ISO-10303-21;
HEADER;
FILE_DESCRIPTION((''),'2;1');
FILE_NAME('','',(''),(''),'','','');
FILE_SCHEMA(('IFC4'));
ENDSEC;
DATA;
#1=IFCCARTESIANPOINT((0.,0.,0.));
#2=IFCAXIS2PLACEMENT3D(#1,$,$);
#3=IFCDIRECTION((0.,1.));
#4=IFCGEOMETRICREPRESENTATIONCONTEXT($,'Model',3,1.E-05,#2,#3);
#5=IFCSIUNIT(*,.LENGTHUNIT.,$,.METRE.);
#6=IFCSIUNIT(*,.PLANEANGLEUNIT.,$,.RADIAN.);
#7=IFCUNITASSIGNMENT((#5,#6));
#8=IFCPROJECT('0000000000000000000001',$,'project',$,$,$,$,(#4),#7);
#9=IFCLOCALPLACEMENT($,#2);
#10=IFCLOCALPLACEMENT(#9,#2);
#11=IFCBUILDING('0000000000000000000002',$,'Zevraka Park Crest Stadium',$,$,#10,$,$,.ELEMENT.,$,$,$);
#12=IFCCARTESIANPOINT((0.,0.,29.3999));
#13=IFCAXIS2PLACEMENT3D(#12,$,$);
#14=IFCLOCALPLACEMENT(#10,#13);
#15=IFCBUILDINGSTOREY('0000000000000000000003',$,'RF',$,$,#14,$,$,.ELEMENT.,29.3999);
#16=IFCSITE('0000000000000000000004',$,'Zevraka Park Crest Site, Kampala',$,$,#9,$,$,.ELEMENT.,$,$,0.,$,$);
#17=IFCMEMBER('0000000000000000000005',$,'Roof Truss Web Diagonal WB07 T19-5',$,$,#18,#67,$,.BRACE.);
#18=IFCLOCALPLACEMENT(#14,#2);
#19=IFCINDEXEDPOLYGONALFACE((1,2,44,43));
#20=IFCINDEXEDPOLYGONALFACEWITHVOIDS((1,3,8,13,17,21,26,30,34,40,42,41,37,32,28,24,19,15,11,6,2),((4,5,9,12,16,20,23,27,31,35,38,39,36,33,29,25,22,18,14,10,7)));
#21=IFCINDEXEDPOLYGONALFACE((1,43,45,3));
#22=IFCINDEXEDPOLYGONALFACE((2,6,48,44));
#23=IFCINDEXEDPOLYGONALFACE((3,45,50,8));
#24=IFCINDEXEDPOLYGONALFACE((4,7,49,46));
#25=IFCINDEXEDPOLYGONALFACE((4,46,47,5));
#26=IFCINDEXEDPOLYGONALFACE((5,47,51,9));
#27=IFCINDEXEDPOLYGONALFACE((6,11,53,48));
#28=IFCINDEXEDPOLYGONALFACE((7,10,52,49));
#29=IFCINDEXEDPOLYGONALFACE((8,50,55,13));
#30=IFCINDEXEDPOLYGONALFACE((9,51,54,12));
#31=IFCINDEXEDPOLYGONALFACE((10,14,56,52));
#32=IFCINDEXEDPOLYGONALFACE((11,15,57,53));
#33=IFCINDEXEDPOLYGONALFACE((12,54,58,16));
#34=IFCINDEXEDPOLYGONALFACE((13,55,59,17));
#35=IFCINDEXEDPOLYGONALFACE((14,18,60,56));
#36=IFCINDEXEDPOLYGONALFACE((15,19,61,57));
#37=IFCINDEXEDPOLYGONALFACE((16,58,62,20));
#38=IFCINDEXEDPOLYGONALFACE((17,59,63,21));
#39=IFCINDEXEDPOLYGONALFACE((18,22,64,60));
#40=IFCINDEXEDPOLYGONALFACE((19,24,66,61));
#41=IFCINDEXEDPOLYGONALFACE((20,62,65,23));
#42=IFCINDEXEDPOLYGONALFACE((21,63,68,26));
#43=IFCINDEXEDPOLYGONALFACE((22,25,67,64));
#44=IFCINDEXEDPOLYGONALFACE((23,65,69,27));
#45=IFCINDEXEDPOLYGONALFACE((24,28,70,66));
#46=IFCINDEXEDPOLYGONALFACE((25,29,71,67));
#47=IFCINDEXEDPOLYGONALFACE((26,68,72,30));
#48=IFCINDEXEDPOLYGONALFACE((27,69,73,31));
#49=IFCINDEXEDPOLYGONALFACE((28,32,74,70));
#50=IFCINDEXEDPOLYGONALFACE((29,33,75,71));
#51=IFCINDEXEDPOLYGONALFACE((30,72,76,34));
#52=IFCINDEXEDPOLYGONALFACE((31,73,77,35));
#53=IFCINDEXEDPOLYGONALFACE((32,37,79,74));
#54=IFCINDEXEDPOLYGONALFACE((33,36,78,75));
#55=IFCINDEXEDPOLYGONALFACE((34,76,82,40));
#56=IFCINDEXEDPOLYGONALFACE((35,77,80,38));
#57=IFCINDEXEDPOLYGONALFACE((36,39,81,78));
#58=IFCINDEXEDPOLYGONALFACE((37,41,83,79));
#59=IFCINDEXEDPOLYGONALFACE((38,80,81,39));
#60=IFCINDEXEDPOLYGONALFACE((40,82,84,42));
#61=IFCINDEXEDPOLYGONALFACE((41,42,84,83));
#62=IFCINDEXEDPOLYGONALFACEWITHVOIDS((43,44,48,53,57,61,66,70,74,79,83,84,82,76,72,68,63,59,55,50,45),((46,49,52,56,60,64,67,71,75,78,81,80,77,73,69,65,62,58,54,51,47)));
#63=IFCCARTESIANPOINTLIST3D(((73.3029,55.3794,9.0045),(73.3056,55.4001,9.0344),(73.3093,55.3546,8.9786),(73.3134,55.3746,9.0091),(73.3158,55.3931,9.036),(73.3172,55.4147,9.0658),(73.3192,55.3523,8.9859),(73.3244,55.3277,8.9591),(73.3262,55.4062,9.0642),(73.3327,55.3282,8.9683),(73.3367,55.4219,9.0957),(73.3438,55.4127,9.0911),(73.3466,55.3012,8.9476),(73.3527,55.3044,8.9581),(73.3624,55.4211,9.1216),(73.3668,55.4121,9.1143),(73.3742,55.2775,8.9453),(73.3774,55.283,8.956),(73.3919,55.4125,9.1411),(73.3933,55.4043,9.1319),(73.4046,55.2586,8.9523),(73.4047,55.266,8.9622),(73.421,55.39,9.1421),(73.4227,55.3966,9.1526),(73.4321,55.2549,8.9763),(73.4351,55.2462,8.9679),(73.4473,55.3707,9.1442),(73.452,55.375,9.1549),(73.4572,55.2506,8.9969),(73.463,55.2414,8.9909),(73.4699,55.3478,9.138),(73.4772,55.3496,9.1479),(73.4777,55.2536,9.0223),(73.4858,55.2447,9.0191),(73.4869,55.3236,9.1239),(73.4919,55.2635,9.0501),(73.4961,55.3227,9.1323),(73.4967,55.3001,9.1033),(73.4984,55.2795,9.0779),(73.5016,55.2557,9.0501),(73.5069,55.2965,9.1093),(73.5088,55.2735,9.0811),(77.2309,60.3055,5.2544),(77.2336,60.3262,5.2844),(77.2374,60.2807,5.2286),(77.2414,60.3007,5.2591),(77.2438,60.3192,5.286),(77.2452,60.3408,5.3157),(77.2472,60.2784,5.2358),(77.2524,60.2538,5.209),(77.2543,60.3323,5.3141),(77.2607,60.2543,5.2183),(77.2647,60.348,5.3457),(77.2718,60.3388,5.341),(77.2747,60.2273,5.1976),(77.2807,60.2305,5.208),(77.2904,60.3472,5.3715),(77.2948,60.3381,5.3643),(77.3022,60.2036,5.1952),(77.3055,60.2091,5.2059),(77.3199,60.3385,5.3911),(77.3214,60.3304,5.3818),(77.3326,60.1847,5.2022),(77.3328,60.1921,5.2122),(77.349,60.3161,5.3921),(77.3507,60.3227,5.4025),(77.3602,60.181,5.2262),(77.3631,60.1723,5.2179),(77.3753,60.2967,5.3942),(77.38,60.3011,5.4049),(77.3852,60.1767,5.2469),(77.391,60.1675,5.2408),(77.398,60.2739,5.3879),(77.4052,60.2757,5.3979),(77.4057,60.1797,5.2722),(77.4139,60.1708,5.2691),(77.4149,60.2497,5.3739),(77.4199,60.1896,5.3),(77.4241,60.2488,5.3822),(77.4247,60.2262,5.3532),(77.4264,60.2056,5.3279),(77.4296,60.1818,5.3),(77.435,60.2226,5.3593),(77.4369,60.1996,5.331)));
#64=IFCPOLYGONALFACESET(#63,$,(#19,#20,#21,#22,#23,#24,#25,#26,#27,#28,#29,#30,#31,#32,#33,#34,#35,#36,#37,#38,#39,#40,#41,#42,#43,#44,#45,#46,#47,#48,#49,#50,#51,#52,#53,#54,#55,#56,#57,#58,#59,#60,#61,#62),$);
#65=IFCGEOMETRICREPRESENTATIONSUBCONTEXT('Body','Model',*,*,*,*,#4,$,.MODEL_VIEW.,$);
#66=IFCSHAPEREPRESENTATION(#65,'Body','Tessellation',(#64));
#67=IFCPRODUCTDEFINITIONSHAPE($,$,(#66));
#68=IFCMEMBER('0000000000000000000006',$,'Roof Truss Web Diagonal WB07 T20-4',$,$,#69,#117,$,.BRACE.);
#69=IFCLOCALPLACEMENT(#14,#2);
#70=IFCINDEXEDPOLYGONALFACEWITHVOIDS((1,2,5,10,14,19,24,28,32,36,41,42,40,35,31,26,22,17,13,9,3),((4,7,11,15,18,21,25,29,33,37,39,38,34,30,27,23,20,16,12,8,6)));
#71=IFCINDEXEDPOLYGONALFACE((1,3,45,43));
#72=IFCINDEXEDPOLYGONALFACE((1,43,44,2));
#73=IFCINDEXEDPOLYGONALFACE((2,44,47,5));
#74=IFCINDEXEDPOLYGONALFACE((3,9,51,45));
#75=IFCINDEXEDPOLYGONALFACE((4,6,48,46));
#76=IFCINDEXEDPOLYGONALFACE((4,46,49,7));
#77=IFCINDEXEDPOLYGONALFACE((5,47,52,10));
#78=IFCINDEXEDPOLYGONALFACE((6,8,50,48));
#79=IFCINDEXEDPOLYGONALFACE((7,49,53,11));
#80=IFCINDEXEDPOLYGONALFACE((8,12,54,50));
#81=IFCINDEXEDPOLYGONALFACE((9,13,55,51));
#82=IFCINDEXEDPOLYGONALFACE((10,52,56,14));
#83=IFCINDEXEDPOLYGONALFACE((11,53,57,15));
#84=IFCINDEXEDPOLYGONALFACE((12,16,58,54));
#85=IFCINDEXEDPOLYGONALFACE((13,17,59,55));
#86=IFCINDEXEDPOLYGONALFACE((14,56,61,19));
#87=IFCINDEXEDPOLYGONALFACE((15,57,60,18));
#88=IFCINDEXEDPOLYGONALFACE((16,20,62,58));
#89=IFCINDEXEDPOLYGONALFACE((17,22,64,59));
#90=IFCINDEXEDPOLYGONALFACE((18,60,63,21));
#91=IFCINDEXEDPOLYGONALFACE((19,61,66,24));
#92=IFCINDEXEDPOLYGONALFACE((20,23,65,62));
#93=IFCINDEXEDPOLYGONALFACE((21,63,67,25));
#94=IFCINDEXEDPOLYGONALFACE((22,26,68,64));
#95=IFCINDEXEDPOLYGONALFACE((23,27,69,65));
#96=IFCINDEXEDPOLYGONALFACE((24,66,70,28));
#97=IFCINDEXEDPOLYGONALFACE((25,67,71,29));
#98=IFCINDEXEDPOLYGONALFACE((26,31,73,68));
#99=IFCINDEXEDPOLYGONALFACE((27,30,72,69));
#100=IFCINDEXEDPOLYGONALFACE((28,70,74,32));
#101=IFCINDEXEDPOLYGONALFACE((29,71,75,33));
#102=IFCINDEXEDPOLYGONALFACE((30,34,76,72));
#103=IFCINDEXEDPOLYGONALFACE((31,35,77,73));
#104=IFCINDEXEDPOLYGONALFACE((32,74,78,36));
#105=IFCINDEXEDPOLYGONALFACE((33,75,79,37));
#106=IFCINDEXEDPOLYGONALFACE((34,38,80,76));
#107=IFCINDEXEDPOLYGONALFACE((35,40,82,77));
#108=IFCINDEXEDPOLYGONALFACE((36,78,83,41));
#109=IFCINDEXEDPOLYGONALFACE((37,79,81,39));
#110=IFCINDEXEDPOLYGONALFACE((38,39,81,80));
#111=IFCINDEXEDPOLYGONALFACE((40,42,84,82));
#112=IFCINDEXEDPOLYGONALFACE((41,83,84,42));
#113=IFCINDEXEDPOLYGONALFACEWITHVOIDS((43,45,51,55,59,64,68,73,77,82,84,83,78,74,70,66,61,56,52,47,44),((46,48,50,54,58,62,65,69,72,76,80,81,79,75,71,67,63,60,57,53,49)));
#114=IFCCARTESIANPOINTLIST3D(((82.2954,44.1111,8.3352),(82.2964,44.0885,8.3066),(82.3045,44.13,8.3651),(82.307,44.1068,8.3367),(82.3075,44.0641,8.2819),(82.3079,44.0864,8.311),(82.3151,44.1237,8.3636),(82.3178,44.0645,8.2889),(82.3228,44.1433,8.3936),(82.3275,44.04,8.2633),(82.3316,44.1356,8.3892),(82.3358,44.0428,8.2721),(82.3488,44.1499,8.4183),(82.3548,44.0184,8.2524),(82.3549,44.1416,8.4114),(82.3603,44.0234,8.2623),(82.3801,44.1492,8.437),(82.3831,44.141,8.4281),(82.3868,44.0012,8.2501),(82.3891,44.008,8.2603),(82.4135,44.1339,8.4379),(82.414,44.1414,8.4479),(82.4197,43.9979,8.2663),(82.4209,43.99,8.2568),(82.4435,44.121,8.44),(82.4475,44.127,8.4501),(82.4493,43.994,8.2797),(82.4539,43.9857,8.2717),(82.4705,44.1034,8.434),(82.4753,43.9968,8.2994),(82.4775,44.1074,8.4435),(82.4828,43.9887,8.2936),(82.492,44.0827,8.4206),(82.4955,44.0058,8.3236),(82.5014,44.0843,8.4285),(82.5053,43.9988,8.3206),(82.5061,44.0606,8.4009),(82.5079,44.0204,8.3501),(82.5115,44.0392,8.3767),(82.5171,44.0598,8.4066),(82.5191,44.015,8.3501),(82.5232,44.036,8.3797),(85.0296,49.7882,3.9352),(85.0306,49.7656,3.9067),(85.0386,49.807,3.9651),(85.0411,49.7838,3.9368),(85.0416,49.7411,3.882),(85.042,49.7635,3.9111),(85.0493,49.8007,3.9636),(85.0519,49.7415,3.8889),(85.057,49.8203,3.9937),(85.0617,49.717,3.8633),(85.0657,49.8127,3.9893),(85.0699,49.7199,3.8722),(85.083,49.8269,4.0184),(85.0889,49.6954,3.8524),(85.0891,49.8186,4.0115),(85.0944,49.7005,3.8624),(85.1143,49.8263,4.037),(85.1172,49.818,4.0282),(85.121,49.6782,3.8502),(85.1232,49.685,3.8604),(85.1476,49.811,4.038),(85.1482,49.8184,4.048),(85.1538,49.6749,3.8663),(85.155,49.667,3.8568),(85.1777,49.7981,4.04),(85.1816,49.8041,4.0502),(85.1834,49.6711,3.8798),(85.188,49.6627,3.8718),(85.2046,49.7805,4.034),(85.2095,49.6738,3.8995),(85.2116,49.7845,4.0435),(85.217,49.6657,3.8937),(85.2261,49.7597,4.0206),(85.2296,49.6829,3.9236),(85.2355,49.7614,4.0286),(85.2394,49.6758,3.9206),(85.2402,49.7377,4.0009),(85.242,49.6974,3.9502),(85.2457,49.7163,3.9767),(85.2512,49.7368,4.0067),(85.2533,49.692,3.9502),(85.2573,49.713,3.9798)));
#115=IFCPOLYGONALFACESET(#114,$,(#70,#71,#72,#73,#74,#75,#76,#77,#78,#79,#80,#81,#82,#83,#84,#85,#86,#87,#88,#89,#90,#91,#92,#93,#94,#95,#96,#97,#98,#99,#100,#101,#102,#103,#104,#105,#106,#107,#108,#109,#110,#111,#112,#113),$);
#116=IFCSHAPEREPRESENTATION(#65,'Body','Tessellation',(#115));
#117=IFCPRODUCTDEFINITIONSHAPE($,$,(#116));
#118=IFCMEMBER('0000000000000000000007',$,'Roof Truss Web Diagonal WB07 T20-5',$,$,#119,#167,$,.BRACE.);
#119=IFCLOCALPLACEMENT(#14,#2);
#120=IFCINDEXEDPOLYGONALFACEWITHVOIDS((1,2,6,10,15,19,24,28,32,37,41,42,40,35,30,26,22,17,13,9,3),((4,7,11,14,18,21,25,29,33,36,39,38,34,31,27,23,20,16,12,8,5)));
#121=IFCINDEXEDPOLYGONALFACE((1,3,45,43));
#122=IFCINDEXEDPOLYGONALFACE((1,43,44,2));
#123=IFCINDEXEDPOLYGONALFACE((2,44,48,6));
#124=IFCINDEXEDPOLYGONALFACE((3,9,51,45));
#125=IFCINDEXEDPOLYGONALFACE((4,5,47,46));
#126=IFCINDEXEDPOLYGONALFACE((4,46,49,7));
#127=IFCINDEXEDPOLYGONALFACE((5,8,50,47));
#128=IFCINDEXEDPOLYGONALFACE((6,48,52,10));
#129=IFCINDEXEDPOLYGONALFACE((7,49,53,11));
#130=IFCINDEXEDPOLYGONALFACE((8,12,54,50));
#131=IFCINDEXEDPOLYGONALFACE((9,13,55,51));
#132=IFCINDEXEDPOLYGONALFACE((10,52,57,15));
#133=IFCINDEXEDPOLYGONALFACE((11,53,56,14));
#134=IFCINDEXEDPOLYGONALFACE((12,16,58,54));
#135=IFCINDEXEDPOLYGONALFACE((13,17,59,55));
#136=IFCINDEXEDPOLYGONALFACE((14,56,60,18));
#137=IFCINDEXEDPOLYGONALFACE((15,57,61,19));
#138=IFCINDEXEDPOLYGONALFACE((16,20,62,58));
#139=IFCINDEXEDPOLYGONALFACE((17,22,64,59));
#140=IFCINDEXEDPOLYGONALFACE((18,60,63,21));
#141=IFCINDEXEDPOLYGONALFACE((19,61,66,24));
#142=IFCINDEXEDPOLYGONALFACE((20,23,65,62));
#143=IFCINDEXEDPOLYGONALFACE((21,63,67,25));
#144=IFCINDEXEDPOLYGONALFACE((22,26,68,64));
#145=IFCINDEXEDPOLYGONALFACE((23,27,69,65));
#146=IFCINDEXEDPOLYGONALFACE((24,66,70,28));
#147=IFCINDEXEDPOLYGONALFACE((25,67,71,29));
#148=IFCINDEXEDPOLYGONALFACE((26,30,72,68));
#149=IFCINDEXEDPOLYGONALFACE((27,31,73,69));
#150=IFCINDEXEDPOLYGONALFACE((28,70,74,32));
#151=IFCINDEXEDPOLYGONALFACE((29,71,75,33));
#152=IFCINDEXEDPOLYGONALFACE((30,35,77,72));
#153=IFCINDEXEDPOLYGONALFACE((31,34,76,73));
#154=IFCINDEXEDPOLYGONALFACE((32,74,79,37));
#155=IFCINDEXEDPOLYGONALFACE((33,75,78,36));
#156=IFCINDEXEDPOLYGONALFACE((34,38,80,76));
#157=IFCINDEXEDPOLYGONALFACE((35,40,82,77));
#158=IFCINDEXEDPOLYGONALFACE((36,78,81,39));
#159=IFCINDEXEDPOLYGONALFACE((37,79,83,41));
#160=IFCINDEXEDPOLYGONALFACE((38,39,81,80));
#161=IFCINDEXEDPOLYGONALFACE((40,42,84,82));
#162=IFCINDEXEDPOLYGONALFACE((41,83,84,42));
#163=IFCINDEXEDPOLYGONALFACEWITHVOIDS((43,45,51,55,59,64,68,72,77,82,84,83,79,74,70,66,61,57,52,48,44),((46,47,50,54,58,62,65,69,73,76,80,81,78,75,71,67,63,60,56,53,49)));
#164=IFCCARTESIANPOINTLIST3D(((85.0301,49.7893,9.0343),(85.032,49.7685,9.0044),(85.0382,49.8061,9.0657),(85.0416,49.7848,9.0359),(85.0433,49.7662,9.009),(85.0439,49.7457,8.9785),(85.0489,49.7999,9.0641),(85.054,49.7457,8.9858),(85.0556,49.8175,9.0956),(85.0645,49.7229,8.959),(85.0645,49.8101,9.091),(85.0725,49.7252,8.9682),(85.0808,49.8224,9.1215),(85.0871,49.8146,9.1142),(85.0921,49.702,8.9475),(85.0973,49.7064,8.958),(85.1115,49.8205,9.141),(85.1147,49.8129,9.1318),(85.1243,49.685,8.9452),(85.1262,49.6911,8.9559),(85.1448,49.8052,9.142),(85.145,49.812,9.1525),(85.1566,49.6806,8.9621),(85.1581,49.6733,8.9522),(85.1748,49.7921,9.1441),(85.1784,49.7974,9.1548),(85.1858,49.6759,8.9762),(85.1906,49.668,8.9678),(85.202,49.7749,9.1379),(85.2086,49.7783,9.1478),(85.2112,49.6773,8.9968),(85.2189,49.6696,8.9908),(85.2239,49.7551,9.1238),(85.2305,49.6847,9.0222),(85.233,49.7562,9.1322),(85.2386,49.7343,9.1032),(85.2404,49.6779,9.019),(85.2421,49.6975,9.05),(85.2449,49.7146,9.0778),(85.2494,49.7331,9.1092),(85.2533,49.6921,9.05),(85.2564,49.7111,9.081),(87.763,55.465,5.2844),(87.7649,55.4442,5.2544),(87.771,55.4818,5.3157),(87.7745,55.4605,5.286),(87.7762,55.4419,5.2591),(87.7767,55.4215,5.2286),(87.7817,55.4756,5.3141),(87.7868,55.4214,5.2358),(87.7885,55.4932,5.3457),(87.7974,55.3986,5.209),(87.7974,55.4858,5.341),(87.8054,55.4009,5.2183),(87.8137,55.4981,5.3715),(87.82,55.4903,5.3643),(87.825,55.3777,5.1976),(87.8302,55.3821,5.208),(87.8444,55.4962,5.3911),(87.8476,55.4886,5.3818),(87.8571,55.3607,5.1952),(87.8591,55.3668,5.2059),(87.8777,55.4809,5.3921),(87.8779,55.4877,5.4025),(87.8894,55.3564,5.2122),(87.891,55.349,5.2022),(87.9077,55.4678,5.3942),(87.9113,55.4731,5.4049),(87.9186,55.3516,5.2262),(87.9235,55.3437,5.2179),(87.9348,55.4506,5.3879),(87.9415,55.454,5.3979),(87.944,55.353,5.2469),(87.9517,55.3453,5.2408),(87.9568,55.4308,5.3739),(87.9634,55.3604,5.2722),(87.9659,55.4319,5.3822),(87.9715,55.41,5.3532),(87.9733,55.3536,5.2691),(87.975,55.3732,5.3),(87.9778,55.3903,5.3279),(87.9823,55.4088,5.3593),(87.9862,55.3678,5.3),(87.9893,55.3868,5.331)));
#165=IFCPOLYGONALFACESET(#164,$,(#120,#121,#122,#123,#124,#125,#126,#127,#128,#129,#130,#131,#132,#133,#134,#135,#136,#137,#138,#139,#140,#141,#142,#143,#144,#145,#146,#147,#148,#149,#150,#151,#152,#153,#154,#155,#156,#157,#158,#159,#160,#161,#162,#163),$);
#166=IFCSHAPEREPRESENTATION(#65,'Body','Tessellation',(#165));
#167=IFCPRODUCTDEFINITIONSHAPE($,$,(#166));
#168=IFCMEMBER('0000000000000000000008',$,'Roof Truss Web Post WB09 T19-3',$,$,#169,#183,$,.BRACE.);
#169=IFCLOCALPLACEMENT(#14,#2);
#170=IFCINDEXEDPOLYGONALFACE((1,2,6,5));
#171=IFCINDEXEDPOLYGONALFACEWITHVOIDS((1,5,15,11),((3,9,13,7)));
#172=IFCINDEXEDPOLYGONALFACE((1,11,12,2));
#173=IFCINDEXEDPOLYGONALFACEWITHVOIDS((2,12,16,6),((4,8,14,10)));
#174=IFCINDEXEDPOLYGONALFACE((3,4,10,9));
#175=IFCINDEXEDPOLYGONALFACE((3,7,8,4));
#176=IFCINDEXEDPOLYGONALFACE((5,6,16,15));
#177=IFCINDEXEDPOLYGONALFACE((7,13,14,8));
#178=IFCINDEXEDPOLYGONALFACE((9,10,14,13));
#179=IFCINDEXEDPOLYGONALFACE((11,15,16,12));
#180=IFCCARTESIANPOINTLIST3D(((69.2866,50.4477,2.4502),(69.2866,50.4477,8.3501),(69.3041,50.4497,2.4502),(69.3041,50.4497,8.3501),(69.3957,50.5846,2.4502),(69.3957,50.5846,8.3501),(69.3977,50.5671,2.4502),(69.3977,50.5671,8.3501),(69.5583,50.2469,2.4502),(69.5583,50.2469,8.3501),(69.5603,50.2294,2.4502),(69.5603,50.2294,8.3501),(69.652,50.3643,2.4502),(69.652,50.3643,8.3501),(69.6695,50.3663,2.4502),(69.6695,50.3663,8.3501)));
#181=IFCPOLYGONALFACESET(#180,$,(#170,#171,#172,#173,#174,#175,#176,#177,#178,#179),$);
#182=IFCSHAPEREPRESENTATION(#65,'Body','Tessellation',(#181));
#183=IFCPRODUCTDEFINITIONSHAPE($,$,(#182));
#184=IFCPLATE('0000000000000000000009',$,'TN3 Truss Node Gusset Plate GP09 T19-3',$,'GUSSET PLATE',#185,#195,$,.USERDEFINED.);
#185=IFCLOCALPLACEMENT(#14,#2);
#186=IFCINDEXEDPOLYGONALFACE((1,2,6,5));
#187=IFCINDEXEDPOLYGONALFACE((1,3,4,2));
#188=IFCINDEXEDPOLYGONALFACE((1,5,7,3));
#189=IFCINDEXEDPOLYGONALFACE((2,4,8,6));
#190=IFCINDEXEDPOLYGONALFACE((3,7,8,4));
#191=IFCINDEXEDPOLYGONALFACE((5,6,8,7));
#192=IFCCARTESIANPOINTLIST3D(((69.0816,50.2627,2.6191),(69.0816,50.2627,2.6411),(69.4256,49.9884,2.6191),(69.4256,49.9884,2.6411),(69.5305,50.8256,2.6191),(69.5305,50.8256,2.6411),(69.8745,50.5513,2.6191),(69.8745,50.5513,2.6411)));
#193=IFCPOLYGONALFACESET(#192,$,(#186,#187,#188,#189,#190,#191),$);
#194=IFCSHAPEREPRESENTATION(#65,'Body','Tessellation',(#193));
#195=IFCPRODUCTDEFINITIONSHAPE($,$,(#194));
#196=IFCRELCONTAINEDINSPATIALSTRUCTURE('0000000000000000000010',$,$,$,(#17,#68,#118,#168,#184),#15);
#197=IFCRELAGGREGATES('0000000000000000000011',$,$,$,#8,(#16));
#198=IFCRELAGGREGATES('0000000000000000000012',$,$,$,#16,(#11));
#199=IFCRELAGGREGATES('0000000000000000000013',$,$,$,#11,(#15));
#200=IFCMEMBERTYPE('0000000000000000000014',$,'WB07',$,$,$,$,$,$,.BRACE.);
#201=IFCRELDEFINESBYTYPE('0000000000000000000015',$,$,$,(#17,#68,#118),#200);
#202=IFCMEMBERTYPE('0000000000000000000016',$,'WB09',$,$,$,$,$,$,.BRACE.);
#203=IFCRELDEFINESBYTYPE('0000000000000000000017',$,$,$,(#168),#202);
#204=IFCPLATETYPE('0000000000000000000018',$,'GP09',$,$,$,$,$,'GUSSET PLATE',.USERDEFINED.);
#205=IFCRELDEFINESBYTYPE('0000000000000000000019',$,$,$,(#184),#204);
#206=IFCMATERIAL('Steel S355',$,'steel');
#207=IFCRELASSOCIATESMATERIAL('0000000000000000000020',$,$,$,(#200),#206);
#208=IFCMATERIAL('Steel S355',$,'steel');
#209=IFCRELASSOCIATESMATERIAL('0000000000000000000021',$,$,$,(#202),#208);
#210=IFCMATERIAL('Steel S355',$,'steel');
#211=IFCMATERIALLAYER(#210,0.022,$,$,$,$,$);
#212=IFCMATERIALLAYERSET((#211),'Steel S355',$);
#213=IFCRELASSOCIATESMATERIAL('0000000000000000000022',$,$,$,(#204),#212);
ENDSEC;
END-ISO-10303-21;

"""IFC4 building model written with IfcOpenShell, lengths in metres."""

from ifc_helpers import new_model, si_unit, direction, frame, origin, origin_2d, place, context, subcontext, project, spatial, rectangle, hollow_rectangle, hollow_circle, extrude, material, layer, layer_set, material_profile, profile_set, type_object, element, save


model = new_model("IFC4")

# Units and contexts
model_context = context("Model", 3, precision=1e-05, world=origin(), true_north=direction((0.0, 1.0)))
body_context = subcontext(model_context, "Body", "Model", "MODEL_VIEW")
ifc_project = project(units=[si_unit("LENGTHUNIT", "METRE"), si_unit("PLANEANGLEUNIT", "RADIAN")], contexts=[model_context])

# Site, building, storey
site_placement = place(None, origin())
site = spatial("IfcSite", under=ifc_project, at=site_placement, Name="Zevraka Park Crest Site, Kampala", CompositionType="ELEMENT", RefElevation=0.0)
building_placement = place(site_placement, origin())
building = spatial("IfcBuilding", under=site, at=building_placement, Name="Zevraka Park Crest Stadium", CompositionType="ELEMENT")
storey_placement = place(building_placement, frame((0.0, 0.0, 29.3999)))
storey = spatial("IfcBuildingStorey", under=building, at=storey_placement, Name="RF", CompositionType="ELEMENT", Elevation=29.3999)

# Members
ifc_material_1 = material(Name="Steel S355", Category="steel")
ifc_material_profile_1 = material_profile(ifc_material_1, hollow_circle(Radius=0.1223, WallThickness=0.0125, at=origin_2d()), Name="CHS 244.5x12.5")
ifc_profile_set_1 = profile_set([ifc_material_profile_1], Name="Steel S355")
member_type_1 = type_object("IfcMemberType", Name="WB07", PredefinedType="BRACE", material=ifc_profile_set_1)
member_1_placement = place(storey_placement, frame((77.334, 60.2581, 5.3), z_axis=(-0.535736, -0.671859, 0.511461), x_axis=(0.781862, -0.623451, 0.0)))
element("IfcMember", 1, at=member_1_placement, inside=storey, type_object=member_type_1, Name="Roof Truss Web Diagonal WB07 T19-5", PredefinedType="BRACE", context=body_context, shape_type="SweptSolid", body=[
    extrude(hollow_circle(Radius=0.1223, WallThickness=0.0125, at=origin_2d()), origin(), (0.0, 0.0, 1.0), 7.332),
])
member_2_placement = place(storey_placement, frame((85.1431, 49.7451, 3.9502), z_axis=(-0.355764, -0.738689, 0.572513), x_axis=(0.900955, -0.433913, 0.0)))
element("IfcMember", 2, at=member_2_placement, inside=storey, type_object=member_type_1, Name="Roof Truss Web Diagonal WB07 T20-4", PredefinedType="BRACE", context=body_context, shape_type="SweptSolid", body=[
    extrude(hollow_circle(Radius=0.1223, WallThickness=0.0125, at=origin_2d()), origin(), (0.0, 0.0, 1.0), 7.6853),
])
member_3_placement = place(storey_placement, frame((87.876, 55.4209, 5.3), z_axis=(-0.37278, -0.7742, 0.511516), x_axis=(0.900994, -0.433832, 0.0)))
element("IfcMember", 3, at=member_3_placement, inside=storey, type_object=member_type_1, Name="Roof Truss Web Diagonal WB07 T20-5", PredefinedType="BRACE", context=body_context, shape_type="SweptSolid", body=[
    extrude(hollow_circle(Radius=0.1223, WallThickness=0.0125, at=origin_2d()), origin(), (0.0, 0.0, 1.0), 7.3311),
])
ifc_material_2 = material(Name="Steel S355", Category="steel")
ifc_material_profile_2 = material_profile(ifc_material_2, hollow_rectangle(XDim=0.175, YDim=0.3501, WallThickness=0.0125, at=origin_2d()), Name="RHS 350x175x12.5")
ifc_profile_set_2 = profile_set([ifc_material_profile_2], Name="Steel S355")
member_type_2 = type_object("IfcMemberType", Name="WB09", PredefinedType="BRACE", material=ifc_profile_set_2)
member_4_placement = place(storey_placement, frame((69.478, 50.407, 2.4502), z_axis=(0.0, 0.0, 1.0), x_axis=(0.62347, 0.781847, 0.0)))
element("IfcMember", 4, at=member_4_placement, inside=storey, type_object=member_type_2, Name="Roof Truss Web Post WB09 T19-3", PredefinedType="BRACE", context=body_context, shape_type="SweptSolid", body=[
    extrude(hollow_rectangle(XDim=0.175, YDim=0.3501, WallThickness=0.0125, at=origin_2d()), origin(), (0.0, 0.0, 1.0), 5.8999),
])

# Plate
ifc_material_3 = material(Name="Steel S355", Category="steel")
ifc_layer_1 = layer(ifc_material_3, 0.022)
ifc_layer_set_1 = layer_set([ifc_layer_1], Name="Steel S355")
plate_type_1 = type_object("IfcPlateType", Name="GP09", ElementType="GUSSET PLATE", PredefinedType="USERDEFINED", material=ifc_layer_set_1)
plate_1_placement = place(storey_placement, frame((69.478, 50.407, 2.6191), z_axis=(0.0, 0.0, 1.0), x_axis=(0.62347, 0.781847, 0.0)))
element("IfcPlate", 5, at=plate_1_placement, inside=storey, type_object=plate_type_1, Name="TN3 Truss Node Gusset Plate GP09 T19-3", ObjectType="GUSSET PLATE", PredefinedType="USERDEFINED", context=body_context, shape_type="SweptSolid", body=[
    extrude(rectangle(XDim=0.72, YDim=0.4399, at=origin_2d()), origin(), (0.0, 0.0, 1.0), 0.022),
])

save(model, "model.ifc")
